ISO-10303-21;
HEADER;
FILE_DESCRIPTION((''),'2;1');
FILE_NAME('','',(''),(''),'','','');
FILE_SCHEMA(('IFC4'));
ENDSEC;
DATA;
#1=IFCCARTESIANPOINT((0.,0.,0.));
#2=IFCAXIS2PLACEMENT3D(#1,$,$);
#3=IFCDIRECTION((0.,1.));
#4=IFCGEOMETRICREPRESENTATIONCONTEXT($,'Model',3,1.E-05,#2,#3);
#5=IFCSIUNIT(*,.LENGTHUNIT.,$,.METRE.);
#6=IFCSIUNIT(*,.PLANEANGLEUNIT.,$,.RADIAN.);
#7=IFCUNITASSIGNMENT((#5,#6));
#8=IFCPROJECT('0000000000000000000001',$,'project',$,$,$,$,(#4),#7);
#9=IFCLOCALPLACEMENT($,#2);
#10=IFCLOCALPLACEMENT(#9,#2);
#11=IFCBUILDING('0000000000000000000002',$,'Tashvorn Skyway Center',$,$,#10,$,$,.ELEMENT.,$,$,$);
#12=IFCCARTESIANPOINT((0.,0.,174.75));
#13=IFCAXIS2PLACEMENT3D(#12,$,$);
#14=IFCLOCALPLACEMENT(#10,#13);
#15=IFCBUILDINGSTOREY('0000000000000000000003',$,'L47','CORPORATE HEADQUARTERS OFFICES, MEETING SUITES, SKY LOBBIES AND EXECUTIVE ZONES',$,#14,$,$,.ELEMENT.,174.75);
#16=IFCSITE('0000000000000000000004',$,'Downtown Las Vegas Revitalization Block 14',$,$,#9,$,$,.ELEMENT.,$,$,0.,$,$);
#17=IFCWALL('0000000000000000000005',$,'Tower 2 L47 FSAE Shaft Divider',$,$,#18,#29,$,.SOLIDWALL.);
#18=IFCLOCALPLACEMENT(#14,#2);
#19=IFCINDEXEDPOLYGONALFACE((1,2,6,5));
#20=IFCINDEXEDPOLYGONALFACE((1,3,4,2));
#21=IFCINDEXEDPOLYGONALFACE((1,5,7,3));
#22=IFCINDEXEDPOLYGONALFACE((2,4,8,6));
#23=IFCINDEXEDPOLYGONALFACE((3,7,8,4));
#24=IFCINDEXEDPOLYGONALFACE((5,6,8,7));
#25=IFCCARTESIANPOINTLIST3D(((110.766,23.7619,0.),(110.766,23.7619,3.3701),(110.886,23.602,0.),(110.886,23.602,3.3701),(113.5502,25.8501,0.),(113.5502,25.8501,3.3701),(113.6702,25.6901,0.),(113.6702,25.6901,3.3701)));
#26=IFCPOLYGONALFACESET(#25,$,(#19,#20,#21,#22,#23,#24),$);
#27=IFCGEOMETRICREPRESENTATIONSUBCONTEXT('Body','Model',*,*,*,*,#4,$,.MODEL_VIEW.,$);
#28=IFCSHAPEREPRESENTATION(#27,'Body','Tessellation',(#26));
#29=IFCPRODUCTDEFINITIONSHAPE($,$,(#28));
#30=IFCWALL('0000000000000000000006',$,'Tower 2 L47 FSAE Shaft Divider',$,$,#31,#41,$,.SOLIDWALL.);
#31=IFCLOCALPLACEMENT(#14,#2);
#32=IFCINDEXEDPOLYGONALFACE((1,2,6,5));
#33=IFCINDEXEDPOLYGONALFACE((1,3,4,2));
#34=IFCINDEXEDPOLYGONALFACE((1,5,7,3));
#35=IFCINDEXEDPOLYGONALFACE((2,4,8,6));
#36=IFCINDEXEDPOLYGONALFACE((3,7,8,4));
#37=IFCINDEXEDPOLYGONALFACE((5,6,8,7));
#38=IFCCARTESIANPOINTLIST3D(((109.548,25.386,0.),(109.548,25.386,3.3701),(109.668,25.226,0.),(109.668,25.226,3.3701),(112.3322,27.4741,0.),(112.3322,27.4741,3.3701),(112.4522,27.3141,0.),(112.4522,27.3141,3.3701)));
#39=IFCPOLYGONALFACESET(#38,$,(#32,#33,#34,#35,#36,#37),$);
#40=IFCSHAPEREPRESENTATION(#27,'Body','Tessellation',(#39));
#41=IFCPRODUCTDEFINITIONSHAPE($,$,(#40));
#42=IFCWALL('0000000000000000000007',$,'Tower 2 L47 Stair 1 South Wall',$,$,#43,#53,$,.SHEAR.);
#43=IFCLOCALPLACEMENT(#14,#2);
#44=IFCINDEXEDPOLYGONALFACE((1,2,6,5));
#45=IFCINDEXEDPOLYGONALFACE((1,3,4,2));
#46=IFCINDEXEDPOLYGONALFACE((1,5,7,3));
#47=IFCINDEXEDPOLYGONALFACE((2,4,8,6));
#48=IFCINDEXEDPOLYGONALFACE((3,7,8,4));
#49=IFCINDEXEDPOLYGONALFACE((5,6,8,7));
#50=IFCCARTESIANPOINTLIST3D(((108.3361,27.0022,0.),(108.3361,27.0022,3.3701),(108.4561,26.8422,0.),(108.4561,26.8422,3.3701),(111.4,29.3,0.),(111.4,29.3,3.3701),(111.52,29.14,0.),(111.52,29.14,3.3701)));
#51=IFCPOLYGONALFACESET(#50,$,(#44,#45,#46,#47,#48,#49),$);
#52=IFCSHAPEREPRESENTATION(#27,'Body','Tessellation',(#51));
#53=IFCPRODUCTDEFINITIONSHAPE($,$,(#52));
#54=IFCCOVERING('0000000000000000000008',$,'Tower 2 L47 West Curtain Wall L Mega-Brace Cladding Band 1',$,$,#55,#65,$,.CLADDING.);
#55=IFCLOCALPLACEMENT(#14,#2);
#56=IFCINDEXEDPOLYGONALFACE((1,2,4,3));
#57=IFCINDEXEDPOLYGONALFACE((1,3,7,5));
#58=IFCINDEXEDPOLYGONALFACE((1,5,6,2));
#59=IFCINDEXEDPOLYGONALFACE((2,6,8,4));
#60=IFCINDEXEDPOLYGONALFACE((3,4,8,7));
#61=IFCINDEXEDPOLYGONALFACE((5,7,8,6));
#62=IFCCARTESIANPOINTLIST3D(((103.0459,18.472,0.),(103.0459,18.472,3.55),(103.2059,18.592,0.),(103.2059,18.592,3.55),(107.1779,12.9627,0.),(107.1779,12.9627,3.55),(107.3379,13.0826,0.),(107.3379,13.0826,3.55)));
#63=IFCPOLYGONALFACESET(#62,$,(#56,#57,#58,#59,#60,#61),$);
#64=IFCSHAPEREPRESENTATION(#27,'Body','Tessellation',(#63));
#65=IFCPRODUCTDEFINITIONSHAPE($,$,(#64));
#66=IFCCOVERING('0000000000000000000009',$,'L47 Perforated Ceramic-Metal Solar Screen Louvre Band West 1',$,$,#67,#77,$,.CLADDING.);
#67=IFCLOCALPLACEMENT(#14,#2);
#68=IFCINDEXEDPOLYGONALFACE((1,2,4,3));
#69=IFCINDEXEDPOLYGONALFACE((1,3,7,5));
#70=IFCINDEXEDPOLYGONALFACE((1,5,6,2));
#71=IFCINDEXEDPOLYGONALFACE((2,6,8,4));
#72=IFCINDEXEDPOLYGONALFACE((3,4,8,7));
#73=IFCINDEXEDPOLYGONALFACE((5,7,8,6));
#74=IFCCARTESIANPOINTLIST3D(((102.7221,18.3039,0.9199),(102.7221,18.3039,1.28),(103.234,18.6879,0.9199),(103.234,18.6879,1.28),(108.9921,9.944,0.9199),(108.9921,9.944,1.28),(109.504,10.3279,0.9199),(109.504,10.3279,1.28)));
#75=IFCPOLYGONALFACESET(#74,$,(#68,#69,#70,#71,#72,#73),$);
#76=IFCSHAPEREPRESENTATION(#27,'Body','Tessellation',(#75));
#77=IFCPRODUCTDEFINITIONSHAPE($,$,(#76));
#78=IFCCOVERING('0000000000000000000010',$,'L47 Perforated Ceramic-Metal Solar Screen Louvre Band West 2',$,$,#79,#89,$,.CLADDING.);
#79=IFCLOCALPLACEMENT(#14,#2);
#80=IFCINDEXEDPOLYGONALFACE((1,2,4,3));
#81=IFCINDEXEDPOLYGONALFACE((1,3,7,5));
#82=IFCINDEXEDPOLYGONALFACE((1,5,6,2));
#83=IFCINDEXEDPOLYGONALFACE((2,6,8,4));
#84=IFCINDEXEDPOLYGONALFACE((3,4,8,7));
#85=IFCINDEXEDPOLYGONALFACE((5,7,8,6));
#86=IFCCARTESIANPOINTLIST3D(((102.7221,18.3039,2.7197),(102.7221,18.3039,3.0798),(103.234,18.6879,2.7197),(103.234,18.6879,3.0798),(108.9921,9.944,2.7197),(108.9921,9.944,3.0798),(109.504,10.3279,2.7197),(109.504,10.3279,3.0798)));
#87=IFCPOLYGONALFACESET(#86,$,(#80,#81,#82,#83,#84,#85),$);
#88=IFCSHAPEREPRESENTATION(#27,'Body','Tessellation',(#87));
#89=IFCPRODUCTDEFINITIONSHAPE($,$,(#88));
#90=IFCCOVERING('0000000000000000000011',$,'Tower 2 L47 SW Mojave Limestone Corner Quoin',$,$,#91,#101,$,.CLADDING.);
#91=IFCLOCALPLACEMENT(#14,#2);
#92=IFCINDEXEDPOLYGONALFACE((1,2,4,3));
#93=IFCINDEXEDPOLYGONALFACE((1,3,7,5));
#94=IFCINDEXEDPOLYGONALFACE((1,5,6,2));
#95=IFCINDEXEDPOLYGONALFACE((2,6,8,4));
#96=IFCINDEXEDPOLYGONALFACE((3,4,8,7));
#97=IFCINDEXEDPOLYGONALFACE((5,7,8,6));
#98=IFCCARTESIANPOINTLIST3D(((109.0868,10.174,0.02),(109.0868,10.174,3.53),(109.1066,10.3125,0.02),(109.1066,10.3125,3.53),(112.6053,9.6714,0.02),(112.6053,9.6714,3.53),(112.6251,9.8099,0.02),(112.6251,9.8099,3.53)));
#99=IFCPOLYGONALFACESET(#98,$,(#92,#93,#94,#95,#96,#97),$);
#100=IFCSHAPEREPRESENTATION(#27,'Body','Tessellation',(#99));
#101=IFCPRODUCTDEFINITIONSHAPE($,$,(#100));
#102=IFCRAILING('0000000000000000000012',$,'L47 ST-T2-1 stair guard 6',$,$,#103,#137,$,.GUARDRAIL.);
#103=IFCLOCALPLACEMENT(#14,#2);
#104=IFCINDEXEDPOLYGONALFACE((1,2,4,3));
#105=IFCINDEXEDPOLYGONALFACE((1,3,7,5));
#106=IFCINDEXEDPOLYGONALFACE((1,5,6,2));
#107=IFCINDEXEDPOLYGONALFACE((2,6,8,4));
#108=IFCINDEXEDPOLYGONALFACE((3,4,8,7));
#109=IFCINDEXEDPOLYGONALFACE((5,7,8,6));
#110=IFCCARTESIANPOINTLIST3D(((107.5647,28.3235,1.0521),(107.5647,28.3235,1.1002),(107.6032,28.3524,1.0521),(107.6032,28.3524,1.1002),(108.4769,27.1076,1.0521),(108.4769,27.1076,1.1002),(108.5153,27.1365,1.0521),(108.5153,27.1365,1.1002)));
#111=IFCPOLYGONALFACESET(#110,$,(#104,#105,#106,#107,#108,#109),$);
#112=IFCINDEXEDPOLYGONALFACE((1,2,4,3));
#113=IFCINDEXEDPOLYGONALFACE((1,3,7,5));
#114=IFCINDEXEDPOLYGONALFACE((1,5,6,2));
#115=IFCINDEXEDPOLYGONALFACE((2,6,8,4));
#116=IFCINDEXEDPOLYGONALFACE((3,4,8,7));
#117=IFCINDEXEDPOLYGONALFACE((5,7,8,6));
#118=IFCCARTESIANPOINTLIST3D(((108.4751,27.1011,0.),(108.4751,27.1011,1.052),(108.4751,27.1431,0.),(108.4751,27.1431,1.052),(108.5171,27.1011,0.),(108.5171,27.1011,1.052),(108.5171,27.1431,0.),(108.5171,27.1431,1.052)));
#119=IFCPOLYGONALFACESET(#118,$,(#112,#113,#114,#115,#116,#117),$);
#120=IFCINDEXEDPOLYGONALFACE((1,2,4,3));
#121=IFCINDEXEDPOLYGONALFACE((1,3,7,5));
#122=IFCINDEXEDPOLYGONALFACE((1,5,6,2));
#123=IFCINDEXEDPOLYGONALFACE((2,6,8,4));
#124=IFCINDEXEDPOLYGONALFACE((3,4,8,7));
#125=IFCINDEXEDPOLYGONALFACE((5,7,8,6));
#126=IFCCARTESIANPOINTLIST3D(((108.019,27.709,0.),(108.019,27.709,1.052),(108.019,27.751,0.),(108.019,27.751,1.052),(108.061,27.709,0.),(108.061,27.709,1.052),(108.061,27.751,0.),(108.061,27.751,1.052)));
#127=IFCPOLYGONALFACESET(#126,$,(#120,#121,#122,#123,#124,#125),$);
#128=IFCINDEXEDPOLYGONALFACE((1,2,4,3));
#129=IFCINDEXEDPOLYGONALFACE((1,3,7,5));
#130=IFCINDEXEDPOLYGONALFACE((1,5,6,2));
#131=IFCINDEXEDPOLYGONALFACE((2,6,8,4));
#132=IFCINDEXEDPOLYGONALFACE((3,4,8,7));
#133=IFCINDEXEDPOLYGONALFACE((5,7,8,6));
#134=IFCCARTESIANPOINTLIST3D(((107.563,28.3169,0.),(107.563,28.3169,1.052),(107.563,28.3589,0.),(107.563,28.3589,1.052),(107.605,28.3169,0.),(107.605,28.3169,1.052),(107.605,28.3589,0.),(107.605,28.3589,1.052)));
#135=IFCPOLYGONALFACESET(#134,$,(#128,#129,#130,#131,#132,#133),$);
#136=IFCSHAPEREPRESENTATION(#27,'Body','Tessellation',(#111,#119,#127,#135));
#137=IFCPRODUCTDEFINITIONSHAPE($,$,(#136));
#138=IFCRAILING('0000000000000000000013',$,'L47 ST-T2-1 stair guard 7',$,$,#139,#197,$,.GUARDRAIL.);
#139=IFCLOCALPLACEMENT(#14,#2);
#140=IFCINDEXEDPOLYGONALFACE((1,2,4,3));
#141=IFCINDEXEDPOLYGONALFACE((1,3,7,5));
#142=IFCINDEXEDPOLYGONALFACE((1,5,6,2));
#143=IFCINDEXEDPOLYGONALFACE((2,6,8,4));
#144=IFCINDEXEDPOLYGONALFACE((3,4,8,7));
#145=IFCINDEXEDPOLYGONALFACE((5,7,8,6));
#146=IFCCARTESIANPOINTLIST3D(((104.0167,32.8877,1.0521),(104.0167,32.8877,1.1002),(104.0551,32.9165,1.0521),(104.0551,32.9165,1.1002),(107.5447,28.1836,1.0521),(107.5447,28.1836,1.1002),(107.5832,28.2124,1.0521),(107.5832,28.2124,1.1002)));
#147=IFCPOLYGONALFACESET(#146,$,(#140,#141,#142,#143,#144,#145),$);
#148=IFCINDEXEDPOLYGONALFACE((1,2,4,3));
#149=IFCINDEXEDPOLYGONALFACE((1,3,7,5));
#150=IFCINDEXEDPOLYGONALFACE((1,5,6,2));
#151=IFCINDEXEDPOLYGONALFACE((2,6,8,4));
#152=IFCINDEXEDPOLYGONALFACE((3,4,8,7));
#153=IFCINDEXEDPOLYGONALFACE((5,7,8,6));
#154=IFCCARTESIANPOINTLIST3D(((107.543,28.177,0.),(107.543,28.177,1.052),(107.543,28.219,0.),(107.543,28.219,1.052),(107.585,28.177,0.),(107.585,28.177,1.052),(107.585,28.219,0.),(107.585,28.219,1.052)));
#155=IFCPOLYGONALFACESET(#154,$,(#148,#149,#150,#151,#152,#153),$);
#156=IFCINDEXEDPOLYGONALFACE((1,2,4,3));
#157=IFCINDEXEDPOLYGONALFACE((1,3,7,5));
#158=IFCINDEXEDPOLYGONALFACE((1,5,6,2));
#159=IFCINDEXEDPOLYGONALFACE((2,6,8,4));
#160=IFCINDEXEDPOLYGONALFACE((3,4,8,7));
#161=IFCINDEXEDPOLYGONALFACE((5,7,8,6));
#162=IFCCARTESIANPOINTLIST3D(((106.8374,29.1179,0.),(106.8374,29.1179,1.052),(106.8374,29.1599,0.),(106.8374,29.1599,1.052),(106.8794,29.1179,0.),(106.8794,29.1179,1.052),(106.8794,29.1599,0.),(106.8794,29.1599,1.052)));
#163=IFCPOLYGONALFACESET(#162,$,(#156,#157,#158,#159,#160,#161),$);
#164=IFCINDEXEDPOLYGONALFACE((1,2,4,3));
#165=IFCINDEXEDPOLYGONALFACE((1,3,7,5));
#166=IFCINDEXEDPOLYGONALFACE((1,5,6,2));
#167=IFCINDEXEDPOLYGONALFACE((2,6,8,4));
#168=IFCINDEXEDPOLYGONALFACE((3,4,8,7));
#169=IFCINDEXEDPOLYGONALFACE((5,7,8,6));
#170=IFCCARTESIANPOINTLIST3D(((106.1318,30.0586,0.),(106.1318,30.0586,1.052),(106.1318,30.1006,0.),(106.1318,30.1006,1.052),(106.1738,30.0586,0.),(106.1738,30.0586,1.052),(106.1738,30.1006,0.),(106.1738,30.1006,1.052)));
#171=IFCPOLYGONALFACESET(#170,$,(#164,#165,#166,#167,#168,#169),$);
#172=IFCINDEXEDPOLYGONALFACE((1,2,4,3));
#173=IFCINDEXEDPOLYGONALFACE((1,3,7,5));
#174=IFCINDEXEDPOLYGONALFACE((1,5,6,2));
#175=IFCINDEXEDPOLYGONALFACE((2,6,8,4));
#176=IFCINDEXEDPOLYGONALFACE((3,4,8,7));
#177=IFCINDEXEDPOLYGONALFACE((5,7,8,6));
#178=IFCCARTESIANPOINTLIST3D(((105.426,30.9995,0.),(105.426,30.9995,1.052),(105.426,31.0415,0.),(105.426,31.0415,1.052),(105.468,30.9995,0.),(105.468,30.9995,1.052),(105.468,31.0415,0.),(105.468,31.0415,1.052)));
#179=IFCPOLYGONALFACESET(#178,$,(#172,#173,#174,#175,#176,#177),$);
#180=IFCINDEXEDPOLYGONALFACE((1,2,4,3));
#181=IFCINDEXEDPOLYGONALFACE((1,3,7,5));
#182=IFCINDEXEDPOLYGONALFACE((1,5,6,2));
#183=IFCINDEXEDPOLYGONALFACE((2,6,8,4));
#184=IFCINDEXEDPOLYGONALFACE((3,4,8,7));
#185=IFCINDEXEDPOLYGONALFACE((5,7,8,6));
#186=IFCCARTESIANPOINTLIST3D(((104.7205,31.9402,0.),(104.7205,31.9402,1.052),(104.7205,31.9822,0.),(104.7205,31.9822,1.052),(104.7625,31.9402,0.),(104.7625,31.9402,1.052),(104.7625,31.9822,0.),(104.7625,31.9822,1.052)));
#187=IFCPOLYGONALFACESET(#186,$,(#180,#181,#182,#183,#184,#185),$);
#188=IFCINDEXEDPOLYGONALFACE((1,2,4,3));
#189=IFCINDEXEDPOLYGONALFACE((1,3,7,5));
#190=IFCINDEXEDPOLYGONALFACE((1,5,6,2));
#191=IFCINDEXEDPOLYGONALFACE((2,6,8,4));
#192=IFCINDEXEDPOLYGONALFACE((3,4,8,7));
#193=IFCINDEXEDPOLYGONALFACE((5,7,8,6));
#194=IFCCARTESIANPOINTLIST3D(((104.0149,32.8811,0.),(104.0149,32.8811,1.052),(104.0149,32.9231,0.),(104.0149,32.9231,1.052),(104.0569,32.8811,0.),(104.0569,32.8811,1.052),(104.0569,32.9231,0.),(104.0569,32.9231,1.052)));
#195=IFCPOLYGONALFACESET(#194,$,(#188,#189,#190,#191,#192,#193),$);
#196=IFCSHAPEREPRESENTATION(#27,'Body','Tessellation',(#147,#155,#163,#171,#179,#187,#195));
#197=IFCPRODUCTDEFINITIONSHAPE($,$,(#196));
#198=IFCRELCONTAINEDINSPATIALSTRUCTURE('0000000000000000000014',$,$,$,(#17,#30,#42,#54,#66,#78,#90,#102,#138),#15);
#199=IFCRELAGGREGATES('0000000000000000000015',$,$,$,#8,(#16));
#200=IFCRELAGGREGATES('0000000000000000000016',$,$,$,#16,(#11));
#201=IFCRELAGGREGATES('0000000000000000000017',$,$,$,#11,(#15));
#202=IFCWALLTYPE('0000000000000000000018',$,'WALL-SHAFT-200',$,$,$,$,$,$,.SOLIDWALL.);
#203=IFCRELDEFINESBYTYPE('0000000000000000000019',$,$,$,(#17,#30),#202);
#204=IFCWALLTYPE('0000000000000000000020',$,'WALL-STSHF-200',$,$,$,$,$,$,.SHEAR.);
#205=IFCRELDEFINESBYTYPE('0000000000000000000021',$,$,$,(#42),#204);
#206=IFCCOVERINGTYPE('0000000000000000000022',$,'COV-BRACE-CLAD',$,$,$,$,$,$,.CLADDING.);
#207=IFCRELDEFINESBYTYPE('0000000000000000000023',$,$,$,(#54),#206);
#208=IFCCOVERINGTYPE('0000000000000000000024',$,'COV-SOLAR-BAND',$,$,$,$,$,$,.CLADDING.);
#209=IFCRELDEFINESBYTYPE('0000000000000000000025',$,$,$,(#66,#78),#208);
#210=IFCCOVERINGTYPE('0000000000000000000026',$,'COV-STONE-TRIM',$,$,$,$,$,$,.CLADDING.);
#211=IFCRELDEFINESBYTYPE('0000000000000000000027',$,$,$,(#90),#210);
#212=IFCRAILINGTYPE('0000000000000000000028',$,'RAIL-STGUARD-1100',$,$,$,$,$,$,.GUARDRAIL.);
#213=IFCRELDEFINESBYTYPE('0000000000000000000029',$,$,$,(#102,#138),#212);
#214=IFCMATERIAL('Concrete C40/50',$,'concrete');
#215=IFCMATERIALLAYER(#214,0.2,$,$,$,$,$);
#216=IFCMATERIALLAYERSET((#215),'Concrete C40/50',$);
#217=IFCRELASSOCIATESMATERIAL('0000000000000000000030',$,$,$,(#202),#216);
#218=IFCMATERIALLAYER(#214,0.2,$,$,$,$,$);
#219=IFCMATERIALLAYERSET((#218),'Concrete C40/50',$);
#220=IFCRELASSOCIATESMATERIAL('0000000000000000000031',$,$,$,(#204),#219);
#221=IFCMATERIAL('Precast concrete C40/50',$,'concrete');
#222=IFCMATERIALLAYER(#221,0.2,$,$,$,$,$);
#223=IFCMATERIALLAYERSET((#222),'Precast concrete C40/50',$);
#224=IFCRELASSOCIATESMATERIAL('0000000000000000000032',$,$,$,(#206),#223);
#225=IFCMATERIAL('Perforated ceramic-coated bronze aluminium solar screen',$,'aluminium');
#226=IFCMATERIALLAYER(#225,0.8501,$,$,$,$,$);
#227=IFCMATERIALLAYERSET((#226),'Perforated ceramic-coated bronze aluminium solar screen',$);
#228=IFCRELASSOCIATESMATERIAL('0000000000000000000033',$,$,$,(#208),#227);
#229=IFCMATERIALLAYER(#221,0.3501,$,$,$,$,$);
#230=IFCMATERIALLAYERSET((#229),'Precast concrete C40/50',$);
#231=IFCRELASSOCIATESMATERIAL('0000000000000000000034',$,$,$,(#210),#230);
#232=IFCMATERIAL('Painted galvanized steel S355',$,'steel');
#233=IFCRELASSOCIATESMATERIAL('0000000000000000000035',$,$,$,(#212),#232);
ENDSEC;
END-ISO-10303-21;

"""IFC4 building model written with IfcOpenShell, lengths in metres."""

from ifc_helpers import new_model, si_unit, direction, frame, frame_2d, origin, origin_2d, place, context, subcontext, project, spatial, rectangle, extrude, material, layer, layer_set, type_object, element, save


model = new_model("IFC4")

# Units and contexts
model_context = context("Model", 3, precision=1e-05, world=origin(), true_north=direction((0.0, 1.0)))
body_context = subcontext(model_context, "Body", "Model", "MODEL_VIEW")
ifc_project = project(units=[si_unit("LENGTHUNIT", "METRE"), si_unit("PLANEANGLEUNIT", "RADIAN")], contexts=[model_context])

# Site, building, storey
site_placement = place(None, origin())
site = spatial("IfcSite", under=ifc_project, at=site_placement, Name="Downtown Las Vegas Revitalization Block 14", CompositionType="ELEMENT", RefElevation=0.0)
building_placement = place(site_placement, origin())
building = spatial("IfcBuilding", under=site, at=building_placement, Name="Tashvorn Skyway Center", CompositionType="ELEMENT")
storey_placement = place(building_placement, frame((0.0, 0.0, 174.75)))
storey = spatial("IfcBuildingStorey", under=building, at=storey_placement, Name="L47", Description="CORPORATE HEADQUARTERS OFFICES, MEETING SUITES, SKY LOBBIES AND EXECUTIVE ZONES", CompositionType="ELEMENT", Elevation=174.75)

# Shared definitions
ifc_material_1 = material(Name="Precast concrete C40/50", Category="concrete")

# Walls
ifc_material_2 = material(Name="Concrete C40/50", Category="concrete")
ifc_layer_1 = layer(ifc_material_2, 0.2)
ifc_layer_set_1 = layer_set([ifc_layer_1], Name="Concrete C40/50")
wall_type_1 = type_object("IfcWallType", Name="WALL-SHAFT-200", PredefinedType="SOLIDWALL", material=ifc_layer_set_1)
for number, where, z_axis, x_axis, name in (
    (1, (110.8259, 23.6819, 0.0), (0.0, 0.0, 1.0), (0.8, 0.6, 0.0), "Tower 2 L47 FSAE Shaft Divider"),
    (2, (109.6079, 25.3059, 0.0), (0.0, 0.0, 1.0), (0.8, 0.6, 0.0), "Tower 2 L47 FSAE Shaft Divider"),
):
    element("IfcWall", number, at=place(storey_placement, frame(where, z_axis=z_axis, x_axis=x_axis)), inside=storey, type_object=wall_type_1, Name=name, PredefinedType="SOLIDWALL", context=body_context, shape_type="SweptSolid", body=[
        extrude(rectangle(XDim=3.4802, YDim=0.2, at=frame_2d((1.7402, 0.0))), origin(), (0.0, 0.0, 1.0), 3.3701),
    ])
ifc_layer_2 = layer(ifc_material_2, 0.2)
ifc_layer_set_2 = layer_set([ifc_layer_2], Name="Concrete C40/50")
wall_type_2 = type_object("IfcWallType", Name="WALL-STSHF-200", PredefinedType="SHEAR", material=ifc_layer_set_2)
wall_1_placement = place(storey_placement, frame((108.396, 26.9221, 0.0), z_axis=(0.0, 0.0, 1.0), x_axis=(0.800015, 0.59998, 0.0)))
element("IfcWall", 3, at=wall_1_placement, inside=storey, type_object=wall_type_2, Name="Tower 2 L47 Stair 1 South Wall", PredefinedType="SHEAR", context=body_context, shape_type="SweptSolid", body=[
    extrude(rectangle(XDim=3.8298, YDim=0.2, at=frame_2d((1.915, 0.0))), origin(), (0.0, 0.0, 1.0), 3.3701),
])

# Coverings
ifc_layer_3 = layer(ifc_material_1, 0.2)
ifc_layer_set_3 = layer_set([ifc_layer_3], Name="Precast concrete C40/50")
covering_type_1 = type_object("IfcCoveringType", Name="COV-BRACE-CLAD", PredefinedType="CLADDING", material=ifc_layer_set_3)
covering_1_placement = place(storey_placement, frame((105.1919, 15.7773, 0.0), z_axis=(0.0, 0.0, 1.0), x_axis=(-0.6, 0.8, 0.0)))
element("IfcCovering", 4, at=covering_1_placement, inside=storey, type_object=covering_type_1, Name="Tower 2 L47 West Curtain Wall L Mega-Brace Cladding Band 1", PredefinedType="CLADDING", context=body_context, shape_type="SweptSolid", body=[
    extrude(rectangle(XDim=6.8867, YDim=0.2, at=origin_2d()), origin(), (0.0, 0.0, 1.0), 3.55),
])
ifc_material_3 = material(Name="Perforated ceramic-coated bronze aluminium solar screen", Category="aluminium")
ifc_layer_4 = layer(ifc_material_3, 0.8501)
ifc_layer_set_4 = layer_set([ifc_layer_4], Name="Perforated ceramic-coated bronze aluminium solar screen")
covering_type_2 = type_object("IfcCoveringType", Name="COV-SOLAR-BAND", PredefinedType="CLADDING", material=ifc_layer_set_4)
for number, where, z_axis, x_axis, name in (
    (5, (106.113, 14.3159, 0.9199), (0.0, 0.0, 1.0), (-0.6, 0.8, 0.0), "L47 Perforated Ceramic-Metal Solar Screen Louvre Band West 1"),
    (6, (106.113, 14.3159, 2.7197), (0.0, 0.0, 1.0), (-0.6, 0.8, 0.0), "L47 Perforated Ceramic-Metal Solar Screen Louvre Band West 2"),
):
    element("IfcCovering", number, at=place(storey_placement, frame(where, z_axis=z_axis, x_axis=x_axis)), inside=storey, type_object=covering_type_2, Name=name, PredefinedType="CLADDING", context=body_context, shape_type="SweptSolid", body=[
        extrude(rectangle(XDim=10.45, YDim=0.6399, at=origin_2d()), origin(), (0.0, 0.0, 1.0), 0.3601),
    ])
ifc_layer_5 = layer(ifc_material_1, 0.3501)
ifc_layer_set_5 = layer_set([ifc_layer_5], Name="Precast concrete C40/50")
covering_type_3 = type_object("IfcCoveringType", Name="COV-STONE-TRIM", PredefinedType="CLADDING", material=ifc_layer_set_5)
covering_2_placement = place(storey_placement, frame((110.856, 9.9919, 0.02), z_axis=(0.0, 0.0, 1.0), x_axis=(-0.989949, 0.141421, 0.0)))
element("IfcCovering", 7, at=covering_2_placement, inside=storey, type_object=covering_type_3, Name="Tower 2 L47 SW Mojave Limestone Corner Quoin", PredefinedType="CLADDING", context=body_context, shape_type="SweptSolid", body=[
    extrude(rectangle(XDim=3.5542, YDim=0.1399, at=origin_2d()), origin(), (0.0, 0.0, 1.0), 3.51),
])

# Railings
ifc_material_4 = material(Name="Painted galvanized steel S355", Category="steel")
railing_type = type_object("IfcRailingType", Name="RAIL-STGUARD-1100", PredefinedType="GUARDRAIL", material=ifc_material_4)
railing_1_placement = place(storey_placement, frame((108.4961, 27.1221, 0.0)))
element("IfcRailing", 8, at=railing_1_placement, inside=storey, type_object=railing_type, Name="L47 ST-T2-1 stair guard 6", PredefinedType="GUARDRAIL", context=body_context, shape_type="SweptSolid", body=[
    extrude(rectangle(XDim=0.0481, YDim=0.0481, at=origin_2d()), frame((0.0, 0.0, 1.0762), z_axis=(-0.600103, 0.799923, 0.0), x_axis=(-0.799923, -0.600103, 0.0)), (0.0, 0.0, 1.0), 1.52),
    extrude(rectangle(XDim=0.042, YDim=0.042, at=origin_2d()), origin(), (0.0, 0.0, 1.0), 1.052),
    extrude(rectangle(XDim=0.042, YDim=0.042, at=origin_2d()), frame((-0.4561, 0.6079, 0.0)), (0.0, 0.0, 1.0), 1.052),
    extrude(rectangle(XDim=0.042, YDim=0.042, at=origin_2d()), frame((-0.9121, 1.2158, 0.0)), (0.0, 0.0, 1.0), 1.052),
])
railing_2_placement = place(storey_placement, frame((107.564, 28.198, 0.0)))
element("IfcRailing", 9, at=railing_2_placement, inside=storey, type_object=railing_type, Name="L47 ST-T2-1 stair guard 7", PredefinedType="GUARDRAIL", context=body_context, shape_type="SweptSolid", body=[
    extrude(rectangle(XDim=0.0481, YDim=0.0481, at=origin_2d()), frame((0.0, 0.0, 1.0762), z_axis=(-0.6, 0.8, 0.0), x_axis=(-0.8, -0.6, 0.0)), (0.0, 0.0, 1.0), 5.8801),
    extrude(rectangle(XDim=0.042, YDim=0.042, at=origin_2d()), origin(), (0.0, 0.0, 1.0), 1.052),
    extrude(rectangle(XDim=0.042, YDim=0.042, at=origin_2d()), frame((-0.7056, 0.9409, 0.0)), (0.0, 0.0, 1.0), 1.052),
    extrude(rectangle(XDim=0.042, YDim=0.042, at=origin_2d()), frame((-1.4111, 1.8816, 0.0)), (0.0, 0.0, 1.0), 1.052),
    extrude(rectangle(XDim=0.042, YDim=0.042, at=origin_2d()), frame((-2.1169, 2.8225, 0.0)), (0.0, 0.0, 1.0), 1.052),
    extrude(rectangle(XDim=0.042, YDim=0.042, at=origin_2d()), frame((-2.8225, 3.7632, 0.0)), (0.0, 0.0, 1.0), 1.052),
    extrude(rectangle(XDim=0.042, YDim=0.042, at=origin_2d()), frame((-3.5281, 4.7041, 0.0)), (0.0, 0.0, 1.0), 1.052),
])

save(model, "model.ifc")
